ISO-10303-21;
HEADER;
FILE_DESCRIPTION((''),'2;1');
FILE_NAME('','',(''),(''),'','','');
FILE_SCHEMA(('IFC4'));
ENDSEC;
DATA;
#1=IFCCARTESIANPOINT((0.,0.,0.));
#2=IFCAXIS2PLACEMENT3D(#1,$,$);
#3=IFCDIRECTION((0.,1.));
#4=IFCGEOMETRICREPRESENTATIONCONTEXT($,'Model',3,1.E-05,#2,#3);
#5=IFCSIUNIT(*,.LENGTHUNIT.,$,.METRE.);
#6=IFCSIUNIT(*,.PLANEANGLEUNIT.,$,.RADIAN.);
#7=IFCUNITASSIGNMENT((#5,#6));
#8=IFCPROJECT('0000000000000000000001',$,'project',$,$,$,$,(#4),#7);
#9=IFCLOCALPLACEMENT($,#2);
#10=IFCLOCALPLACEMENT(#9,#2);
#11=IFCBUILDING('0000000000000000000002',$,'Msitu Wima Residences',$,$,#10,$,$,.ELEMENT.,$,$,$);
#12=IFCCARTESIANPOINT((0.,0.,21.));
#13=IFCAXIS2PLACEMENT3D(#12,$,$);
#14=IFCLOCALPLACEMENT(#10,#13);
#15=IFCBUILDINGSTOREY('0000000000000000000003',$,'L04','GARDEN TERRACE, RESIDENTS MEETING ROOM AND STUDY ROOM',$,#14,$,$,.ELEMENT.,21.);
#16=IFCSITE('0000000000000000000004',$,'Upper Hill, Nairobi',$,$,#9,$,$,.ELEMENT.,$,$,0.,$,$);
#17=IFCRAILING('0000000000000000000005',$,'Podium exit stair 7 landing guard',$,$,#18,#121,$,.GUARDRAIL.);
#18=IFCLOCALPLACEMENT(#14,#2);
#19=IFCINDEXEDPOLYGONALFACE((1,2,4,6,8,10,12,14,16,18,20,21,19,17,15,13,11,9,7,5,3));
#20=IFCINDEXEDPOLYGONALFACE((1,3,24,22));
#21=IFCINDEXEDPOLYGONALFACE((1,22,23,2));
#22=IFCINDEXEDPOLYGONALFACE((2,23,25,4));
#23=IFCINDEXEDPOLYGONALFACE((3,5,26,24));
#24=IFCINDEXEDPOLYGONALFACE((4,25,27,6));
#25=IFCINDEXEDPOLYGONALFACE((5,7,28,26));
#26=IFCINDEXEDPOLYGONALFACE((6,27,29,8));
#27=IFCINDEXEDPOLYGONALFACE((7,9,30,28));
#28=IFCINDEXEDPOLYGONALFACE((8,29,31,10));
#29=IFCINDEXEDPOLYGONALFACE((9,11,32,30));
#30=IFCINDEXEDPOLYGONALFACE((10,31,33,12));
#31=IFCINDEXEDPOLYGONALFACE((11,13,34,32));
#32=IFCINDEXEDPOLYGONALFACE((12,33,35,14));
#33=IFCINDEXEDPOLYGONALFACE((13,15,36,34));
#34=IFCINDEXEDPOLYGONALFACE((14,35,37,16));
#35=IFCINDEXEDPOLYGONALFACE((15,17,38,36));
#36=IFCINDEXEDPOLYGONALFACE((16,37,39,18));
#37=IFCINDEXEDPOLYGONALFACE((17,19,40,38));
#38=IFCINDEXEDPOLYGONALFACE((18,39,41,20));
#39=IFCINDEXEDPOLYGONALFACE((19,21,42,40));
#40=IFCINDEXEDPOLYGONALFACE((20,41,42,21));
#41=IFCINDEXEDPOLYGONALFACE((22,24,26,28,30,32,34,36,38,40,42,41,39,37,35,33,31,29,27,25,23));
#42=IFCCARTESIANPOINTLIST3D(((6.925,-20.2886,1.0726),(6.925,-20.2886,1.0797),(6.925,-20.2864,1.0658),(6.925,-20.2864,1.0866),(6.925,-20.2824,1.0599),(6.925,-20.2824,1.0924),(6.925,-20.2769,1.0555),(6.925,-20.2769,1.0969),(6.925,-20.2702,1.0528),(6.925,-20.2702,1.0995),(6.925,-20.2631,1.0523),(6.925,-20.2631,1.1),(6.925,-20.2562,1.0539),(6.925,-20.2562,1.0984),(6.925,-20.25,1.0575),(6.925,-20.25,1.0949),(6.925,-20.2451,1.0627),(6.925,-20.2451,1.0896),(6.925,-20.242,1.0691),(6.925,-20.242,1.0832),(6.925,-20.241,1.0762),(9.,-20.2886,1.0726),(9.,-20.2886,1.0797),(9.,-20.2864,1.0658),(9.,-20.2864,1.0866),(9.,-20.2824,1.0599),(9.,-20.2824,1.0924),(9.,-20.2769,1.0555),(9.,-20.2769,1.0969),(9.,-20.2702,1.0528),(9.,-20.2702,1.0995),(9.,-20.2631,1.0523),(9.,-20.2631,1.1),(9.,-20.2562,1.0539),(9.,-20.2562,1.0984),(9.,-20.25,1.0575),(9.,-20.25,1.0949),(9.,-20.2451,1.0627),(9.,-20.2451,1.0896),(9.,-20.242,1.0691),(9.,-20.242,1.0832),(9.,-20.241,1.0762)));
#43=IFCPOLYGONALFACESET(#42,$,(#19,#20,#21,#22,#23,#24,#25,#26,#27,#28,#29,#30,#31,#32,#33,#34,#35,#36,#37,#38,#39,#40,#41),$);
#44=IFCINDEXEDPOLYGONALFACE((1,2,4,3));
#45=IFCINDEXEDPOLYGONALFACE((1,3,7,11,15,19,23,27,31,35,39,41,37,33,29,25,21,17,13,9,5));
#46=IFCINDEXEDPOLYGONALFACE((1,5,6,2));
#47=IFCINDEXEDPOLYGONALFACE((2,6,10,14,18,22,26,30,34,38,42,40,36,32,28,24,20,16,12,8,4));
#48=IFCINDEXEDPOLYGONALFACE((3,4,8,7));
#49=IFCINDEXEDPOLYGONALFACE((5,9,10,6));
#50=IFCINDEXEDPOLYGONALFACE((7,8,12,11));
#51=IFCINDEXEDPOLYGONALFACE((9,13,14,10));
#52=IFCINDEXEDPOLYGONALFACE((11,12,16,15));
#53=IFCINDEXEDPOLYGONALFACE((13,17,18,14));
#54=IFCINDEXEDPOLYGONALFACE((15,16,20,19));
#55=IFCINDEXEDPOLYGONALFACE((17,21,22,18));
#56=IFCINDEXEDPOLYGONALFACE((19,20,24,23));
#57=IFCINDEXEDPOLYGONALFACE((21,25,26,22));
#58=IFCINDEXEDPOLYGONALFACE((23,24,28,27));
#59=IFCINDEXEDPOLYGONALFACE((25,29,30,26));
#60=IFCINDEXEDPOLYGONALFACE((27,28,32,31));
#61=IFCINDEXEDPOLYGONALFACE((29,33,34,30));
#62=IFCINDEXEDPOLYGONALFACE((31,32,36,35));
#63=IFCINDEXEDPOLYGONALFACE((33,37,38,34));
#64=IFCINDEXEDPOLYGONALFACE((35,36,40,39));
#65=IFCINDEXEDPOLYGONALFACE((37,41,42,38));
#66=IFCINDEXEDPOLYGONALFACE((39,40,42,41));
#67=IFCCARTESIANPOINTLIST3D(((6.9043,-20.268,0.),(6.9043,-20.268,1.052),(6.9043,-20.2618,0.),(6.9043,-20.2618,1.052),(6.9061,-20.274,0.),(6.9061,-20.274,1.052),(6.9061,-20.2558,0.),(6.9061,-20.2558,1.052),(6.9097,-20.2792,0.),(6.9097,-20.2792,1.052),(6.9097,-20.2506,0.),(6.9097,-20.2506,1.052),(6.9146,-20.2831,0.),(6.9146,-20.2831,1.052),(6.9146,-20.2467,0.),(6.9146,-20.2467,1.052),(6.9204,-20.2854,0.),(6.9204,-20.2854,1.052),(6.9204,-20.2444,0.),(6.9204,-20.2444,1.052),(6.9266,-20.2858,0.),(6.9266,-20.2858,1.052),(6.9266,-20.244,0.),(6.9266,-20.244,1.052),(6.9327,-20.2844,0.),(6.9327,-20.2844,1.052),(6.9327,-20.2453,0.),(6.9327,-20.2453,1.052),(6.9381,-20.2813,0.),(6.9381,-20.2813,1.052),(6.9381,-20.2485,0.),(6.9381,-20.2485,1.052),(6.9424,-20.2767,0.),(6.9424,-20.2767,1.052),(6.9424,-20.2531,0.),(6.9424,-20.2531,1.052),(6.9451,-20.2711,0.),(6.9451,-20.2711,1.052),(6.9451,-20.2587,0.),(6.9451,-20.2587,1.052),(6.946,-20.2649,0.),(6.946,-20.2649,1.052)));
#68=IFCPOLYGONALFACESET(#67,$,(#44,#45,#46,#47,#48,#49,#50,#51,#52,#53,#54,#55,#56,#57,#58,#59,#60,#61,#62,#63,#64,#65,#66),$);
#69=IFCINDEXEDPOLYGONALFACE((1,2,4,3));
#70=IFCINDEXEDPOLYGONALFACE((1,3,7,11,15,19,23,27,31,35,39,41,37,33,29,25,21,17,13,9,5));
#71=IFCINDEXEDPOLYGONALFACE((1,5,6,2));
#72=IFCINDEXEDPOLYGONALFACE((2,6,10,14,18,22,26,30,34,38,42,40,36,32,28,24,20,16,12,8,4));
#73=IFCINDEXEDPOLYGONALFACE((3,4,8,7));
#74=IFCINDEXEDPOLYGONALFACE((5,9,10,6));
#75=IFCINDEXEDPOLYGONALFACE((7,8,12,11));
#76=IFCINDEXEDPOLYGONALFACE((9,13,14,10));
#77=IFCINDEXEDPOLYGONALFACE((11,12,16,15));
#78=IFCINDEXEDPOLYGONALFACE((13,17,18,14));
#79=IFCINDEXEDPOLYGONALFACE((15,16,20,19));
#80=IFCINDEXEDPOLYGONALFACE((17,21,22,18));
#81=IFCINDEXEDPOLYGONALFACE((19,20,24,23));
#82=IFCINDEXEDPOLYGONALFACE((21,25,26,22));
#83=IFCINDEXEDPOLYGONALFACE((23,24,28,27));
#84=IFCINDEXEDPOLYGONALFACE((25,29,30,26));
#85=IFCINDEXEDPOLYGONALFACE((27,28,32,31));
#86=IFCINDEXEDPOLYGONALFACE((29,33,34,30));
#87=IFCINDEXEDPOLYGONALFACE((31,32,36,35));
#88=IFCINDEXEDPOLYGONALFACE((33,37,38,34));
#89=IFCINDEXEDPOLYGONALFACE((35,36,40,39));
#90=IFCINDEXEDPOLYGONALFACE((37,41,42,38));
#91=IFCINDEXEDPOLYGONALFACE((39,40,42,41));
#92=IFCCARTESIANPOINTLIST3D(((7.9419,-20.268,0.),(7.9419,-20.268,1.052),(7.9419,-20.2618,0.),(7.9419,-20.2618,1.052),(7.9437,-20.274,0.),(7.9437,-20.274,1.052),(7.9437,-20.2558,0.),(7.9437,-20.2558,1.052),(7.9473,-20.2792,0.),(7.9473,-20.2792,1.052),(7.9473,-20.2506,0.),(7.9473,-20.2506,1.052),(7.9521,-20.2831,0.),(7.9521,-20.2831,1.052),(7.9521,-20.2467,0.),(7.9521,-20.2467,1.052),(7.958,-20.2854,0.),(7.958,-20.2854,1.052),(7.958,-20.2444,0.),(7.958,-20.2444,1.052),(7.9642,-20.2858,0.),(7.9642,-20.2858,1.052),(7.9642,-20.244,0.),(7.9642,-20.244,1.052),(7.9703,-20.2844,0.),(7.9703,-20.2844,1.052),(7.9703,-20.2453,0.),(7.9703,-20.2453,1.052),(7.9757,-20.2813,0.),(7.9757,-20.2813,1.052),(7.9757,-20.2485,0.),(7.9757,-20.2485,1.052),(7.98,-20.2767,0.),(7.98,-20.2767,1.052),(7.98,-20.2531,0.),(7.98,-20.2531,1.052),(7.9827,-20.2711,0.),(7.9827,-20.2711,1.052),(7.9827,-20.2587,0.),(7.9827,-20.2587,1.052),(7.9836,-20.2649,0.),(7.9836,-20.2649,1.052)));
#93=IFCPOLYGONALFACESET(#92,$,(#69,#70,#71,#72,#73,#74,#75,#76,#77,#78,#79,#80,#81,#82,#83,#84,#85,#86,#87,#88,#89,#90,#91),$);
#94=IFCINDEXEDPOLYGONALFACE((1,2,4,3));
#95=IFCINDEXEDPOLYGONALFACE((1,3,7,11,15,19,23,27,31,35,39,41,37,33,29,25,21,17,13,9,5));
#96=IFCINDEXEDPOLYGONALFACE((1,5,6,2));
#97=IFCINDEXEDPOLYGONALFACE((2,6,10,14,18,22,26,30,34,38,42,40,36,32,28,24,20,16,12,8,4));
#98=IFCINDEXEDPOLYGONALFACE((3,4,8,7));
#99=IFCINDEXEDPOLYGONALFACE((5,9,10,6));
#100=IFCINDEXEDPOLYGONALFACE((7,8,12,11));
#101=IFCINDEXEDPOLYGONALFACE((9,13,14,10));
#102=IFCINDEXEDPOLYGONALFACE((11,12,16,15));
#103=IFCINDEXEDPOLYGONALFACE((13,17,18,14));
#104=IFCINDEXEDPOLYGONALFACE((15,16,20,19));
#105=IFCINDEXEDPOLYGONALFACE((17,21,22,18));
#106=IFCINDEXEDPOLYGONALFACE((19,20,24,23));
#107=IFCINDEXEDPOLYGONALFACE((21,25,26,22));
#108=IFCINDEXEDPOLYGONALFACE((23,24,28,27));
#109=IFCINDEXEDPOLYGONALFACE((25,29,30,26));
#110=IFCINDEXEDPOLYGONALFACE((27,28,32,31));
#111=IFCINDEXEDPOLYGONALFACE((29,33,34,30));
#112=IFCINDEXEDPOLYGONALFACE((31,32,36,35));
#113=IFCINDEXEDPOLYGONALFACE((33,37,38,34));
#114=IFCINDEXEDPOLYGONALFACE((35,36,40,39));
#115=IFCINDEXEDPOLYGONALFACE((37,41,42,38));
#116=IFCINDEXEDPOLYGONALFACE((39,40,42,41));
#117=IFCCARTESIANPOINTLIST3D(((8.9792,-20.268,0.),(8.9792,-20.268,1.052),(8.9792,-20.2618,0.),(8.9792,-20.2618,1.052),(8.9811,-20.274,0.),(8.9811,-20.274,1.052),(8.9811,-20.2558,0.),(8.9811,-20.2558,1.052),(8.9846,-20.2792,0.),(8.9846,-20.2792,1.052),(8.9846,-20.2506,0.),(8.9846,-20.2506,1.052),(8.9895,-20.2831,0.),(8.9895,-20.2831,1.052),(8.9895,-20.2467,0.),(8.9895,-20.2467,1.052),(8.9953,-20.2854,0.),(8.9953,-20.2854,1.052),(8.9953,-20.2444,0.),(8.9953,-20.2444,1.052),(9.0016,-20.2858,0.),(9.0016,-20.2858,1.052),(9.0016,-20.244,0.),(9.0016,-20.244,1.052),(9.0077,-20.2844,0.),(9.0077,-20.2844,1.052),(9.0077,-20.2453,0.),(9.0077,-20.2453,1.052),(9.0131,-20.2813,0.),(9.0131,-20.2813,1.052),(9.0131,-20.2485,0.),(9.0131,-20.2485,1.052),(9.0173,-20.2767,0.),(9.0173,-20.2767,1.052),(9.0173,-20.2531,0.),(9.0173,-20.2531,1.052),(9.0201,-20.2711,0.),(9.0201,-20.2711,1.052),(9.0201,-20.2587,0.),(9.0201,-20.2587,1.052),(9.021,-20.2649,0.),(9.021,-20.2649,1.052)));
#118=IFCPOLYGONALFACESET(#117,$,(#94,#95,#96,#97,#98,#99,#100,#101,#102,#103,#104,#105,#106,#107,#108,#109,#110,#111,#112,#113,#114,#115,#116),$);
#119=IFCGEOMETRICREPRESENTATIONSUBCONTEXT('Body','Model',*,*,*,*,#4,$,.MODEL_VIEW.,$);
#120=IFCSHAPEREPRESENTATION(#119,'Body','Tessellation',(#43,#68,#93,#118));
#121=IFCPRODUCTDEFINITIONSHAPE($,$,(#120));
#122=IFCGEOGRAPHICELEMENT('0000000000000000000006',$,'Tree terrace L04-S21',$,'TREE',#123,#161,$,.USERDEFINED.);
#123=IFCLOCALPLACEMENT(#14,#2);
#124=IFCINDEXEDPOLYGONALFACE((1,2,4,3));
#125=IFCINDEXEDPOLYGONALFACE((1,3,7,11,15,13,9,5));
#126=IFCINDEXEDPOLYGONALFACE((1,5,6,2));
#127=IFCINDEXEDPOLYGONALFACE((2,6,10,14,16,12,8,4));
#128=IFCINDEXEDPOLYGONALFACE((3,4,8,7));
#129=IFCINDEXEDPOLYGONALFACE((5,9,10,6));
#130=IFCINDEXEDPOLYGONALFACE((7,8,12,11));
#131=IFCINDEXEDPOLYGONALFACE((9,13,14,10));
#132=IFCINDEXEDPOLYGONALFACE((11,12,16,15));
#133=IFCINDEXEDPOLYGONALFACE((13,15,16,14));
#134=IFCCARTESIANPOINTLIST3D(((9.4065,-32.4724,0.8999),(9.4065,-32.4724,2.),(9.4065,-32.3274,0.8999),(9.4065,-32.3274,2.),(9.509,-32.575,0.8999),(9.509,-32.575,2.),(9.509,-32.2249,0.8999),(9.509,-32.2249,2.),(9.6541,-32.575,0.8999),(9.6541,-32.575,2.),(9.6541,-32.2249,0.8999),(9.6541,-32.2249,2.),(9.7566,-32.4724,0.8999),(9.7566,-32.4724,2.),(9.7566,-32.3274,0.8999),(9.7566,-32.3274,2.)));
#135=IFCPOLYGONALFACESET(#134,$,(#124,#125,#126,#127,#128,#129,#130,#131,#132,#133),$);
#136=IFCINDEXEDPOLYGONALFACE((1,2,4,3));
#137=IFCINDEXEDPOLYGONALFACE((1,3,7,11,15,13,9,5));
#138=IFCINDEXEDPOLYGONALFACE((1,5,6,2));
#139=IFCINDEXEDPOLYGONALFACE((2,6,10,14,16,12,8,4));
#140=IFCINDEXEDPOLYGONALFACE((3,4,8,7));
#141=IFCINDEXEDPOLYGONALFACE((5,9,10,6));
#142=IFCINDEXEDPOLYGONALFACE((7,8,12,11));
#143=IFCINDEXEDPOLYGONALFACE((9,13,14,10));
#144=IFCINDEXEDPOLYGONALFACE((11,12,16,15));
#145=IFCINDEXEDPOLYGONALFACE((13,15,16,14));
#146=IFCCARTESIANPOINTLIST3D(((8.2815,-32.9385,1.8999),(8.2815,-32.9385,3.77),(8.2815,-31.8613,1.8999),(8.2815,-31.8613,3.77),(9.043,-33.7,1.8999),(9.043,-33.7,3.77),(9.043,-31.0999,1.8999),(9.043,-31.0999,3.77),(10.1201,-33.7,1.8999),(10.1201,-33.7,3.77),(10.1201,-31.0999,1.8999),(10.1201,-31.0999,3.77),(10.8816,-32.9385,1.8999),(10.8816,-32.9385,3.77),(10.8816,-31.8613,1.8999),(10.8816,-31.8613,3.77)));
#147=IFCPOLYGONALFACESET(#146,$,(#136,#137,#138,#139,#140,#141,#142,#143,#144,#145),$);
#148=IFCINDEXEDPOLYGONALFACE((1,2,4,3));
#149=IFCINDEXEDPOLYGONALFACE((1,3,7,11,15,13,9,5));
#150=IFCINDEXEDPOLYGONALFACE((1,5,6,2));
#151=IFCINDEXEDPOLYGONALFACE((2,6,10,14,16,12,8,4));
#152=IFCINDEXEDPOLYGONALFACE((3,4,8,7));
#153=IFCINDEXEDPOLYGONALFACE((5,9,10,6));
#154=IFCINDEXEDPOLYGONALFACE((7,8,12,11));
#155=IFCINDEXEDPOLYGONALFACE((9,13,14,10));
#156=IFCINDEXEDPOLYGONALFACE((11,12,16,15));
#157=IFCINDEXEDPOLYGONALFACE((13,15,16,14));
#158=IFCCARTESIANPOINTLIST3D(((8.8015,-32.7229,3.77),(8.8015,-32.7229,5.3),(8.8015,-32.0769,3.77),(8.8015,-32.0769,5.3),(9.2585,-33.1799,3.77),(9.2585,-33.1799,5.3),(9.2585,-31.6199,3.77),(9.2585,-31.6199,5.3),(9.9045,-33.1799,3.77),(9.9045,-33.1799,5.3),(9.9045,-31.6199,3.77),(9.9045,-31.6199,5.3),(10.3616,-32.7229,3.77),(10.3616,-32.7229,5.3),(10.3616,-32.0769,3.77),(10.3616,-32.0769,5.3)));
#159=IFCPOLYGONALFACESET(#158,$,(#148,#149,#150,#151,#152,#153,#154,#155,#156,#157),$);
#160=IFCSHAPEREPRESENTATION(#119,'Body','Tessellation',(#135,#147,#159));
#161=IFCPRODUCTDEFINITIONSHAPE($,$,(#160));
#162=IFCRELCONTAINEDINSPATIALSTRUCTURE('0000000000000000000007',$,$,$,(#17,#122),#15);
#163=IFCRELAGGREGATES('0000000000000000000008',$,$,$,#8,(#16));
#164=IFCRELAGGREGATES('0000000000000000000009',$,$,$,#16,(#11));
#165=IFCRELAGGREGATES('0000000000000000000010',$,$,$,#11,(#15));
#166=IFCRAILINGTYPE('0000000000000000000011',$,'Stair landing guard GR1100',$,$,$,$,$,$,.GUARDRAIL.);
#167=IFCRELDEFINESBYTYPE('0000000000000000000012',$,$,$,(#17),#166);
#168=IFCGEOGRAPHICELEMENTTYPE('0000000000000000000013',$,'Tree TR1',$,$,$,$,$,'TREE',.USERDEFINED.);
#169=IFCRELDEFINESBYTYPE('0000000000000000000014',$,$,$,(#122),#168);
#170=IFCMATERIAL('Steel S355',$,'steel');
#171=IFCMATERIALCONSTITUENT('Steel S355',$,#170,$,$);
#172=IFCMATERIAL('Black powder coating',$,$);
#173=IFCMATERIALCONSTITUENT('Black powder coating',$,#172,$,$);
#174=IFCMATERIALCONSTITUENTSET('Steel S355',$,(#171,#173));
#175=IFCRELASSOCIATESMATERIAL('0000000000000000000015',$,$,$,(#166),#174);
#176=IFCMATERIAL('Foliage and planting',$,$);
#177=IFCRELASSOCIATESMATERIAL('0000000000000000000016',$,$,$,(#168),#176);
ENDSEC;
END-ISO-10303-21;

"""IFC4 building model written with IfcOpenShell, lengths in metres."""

from ifc_helpers import new_model, si_unit, direction, frame, origin, origin_2d, place, context, subcontext, project, spatial, polyline, circle, outline, extrude, material, constituent, constituent_set, type_object, element, save


model = new_model("IFC4")

# Units and contexts
model_context = context("Model", 3, precision=1e-05, world=origin(), true_north=direction((0.0, 1.0)))
body_context = subcontext(model_context, "Body", "Model", "MODEL_VIEW")
ifc_project = project(units=[si_unit("LENGTHUNIT", "METRE"), si_unit("PLANEANGLEUNIT", "RADIAN")], contexts=[model_context])

# Site, building, storey
site_placement = place(None, origin())
site = spatial("IfcSite", under=ifc_project, at=site_placement, Name="Upper Hill, Nairobi", CompositionType="ELEMENT", RefElevation=0.0)
building_placement = place(site_placement, origin())
building = spatial("IfcBuilding", under=site, at=building_placement, Name="Msitu Wima Residences", CompositionType="ELEMENT")
storey_placement = place(building_placement, frame((0.0, 0.0, 21.0)))
storey = spatial("IfcBuildingStorey", under=building, at=storey_placement, Name="L04", Description="GARDEN TERRACE, RESIDENTS MEETING ROOM AND STUDY ROOM", CompositionType="ELEMENT", Elevation=21.0)

# Railing
ifc_material_1 = material(Name="Steel S355", Category="steel")
ifc_constituent_1 = constituent(ifc_material_1, Name="Steel S355")
ifc_material_2 = material(Name="Black powder coating")
ifc_constituent_2 = constituent(ifc_material_2, Name="Black powder coating")
ifc_constituent_set = constituent_set(constituents=[ifc_constituent_1, ifc_constituent_2], Name="Steel S355")
railing_type = type_object("IfcRailingType", Name="Stair landing guard GR1100", PredefinedType="GUARDRAIL", material=ifc_constituent_set)
railing_placement = place(storey_placement, frame((6.925, -20.2649, 0.0)))
element("IfcRailing", 1, at=railing_placement, inside=storey, type_object=railing_type, Name="Podium exit stair 7 landing guard", PredefinedType="GUARDRAIL", context=body_context, shape_type="SweptSolid", body=[
    extrude(circle(Radius=0.0239, at=origin_2d()), frame((0.0, 0.0, 1.0762), z_axis=(1.0, 0.0, 0.0), x_axis=(0.0, 1.0, 0.0)), (0.0, 0.0, 1.0), 2.075),
    extrude(circle(Radius=0.021, at=origin_2d()), origin(), (0.0, 0.0, 1.0), 1.052),
    extrude(circle(Radius=0.021, at=origin_2d()), frame((1.0376, 0.0, 0.0)), (0.0, 0.0, 1.0), 1.052),
    extrude(circle(Radius=0.021, at=origin_2d()), frame((2.075, 0.0, 0.0)), (0.0, 0.0, 1.0), 1.052),
])

# Geographic element
ifc_material_3 = material(Name="Foliage and planting")
geographic_element_type = type_object("IfcGeographicElementType", Name="Tree TR1", ElementType="TREE", PredefinedType="USERDEFINED", material=ifc_material_3)
geographic_element_placement = place(storey_placement, frame((9.5815, -32.3999, 0.8999), z_axis=(0.0, 0.0, 1.0), x_axis=(1.0, 0.0, 0.0)))
element("IfcGeographicElement", 2, at=geographic_element_placement, inside=storey, type_object=geographic_element_type, Name="Tree terrace L04-S21", ObjectType="TREE", PredefinedType="USERDEFINED", context=body_context, shape_type="SweptSolid", body=[
    extrude(outline(polyline([(0.175, 0.0725), (0.0725, 0.175), (-0.0725, 0.175), (-0.175, 0.0725), (-0.175, -0.0725), (-0.0725, -0.175), (0.0725, -0.175), (0.175, -0.0725), (0.175, 0.0725)])), origin(), (0.0, 0.0, 1.0), 1.1001),
    extrude(outline(polyline([(1.3, 0.5386), (0.5386, 1.3), (-0.5386, 1.3), (-1.3, 0.5386), (-1.3, -0.5386), (-0.5386, -1.3), (0.5386, -1.3), (1.3, -0.5386), (1.3, 0.5386)])), frame((0.0, 0.0, 1.0)), (0.0, 0.0, 1.0), 1.8701),
    extrude(outline(polyline([(0.78, 0.323), (0.323, 0.78), (-0.323, 0.78), (-0.78, 0.323), (-0.78, -0.323), (-0.323, -0.78), (0.323, -0.78), (0.78, -0.323), (0.78, 0.323)])), frame((0.0, 0.0, 2.8701)), (0.0, 0.0, 1.0), 1.53),
])

save(model, "model.ifc")
